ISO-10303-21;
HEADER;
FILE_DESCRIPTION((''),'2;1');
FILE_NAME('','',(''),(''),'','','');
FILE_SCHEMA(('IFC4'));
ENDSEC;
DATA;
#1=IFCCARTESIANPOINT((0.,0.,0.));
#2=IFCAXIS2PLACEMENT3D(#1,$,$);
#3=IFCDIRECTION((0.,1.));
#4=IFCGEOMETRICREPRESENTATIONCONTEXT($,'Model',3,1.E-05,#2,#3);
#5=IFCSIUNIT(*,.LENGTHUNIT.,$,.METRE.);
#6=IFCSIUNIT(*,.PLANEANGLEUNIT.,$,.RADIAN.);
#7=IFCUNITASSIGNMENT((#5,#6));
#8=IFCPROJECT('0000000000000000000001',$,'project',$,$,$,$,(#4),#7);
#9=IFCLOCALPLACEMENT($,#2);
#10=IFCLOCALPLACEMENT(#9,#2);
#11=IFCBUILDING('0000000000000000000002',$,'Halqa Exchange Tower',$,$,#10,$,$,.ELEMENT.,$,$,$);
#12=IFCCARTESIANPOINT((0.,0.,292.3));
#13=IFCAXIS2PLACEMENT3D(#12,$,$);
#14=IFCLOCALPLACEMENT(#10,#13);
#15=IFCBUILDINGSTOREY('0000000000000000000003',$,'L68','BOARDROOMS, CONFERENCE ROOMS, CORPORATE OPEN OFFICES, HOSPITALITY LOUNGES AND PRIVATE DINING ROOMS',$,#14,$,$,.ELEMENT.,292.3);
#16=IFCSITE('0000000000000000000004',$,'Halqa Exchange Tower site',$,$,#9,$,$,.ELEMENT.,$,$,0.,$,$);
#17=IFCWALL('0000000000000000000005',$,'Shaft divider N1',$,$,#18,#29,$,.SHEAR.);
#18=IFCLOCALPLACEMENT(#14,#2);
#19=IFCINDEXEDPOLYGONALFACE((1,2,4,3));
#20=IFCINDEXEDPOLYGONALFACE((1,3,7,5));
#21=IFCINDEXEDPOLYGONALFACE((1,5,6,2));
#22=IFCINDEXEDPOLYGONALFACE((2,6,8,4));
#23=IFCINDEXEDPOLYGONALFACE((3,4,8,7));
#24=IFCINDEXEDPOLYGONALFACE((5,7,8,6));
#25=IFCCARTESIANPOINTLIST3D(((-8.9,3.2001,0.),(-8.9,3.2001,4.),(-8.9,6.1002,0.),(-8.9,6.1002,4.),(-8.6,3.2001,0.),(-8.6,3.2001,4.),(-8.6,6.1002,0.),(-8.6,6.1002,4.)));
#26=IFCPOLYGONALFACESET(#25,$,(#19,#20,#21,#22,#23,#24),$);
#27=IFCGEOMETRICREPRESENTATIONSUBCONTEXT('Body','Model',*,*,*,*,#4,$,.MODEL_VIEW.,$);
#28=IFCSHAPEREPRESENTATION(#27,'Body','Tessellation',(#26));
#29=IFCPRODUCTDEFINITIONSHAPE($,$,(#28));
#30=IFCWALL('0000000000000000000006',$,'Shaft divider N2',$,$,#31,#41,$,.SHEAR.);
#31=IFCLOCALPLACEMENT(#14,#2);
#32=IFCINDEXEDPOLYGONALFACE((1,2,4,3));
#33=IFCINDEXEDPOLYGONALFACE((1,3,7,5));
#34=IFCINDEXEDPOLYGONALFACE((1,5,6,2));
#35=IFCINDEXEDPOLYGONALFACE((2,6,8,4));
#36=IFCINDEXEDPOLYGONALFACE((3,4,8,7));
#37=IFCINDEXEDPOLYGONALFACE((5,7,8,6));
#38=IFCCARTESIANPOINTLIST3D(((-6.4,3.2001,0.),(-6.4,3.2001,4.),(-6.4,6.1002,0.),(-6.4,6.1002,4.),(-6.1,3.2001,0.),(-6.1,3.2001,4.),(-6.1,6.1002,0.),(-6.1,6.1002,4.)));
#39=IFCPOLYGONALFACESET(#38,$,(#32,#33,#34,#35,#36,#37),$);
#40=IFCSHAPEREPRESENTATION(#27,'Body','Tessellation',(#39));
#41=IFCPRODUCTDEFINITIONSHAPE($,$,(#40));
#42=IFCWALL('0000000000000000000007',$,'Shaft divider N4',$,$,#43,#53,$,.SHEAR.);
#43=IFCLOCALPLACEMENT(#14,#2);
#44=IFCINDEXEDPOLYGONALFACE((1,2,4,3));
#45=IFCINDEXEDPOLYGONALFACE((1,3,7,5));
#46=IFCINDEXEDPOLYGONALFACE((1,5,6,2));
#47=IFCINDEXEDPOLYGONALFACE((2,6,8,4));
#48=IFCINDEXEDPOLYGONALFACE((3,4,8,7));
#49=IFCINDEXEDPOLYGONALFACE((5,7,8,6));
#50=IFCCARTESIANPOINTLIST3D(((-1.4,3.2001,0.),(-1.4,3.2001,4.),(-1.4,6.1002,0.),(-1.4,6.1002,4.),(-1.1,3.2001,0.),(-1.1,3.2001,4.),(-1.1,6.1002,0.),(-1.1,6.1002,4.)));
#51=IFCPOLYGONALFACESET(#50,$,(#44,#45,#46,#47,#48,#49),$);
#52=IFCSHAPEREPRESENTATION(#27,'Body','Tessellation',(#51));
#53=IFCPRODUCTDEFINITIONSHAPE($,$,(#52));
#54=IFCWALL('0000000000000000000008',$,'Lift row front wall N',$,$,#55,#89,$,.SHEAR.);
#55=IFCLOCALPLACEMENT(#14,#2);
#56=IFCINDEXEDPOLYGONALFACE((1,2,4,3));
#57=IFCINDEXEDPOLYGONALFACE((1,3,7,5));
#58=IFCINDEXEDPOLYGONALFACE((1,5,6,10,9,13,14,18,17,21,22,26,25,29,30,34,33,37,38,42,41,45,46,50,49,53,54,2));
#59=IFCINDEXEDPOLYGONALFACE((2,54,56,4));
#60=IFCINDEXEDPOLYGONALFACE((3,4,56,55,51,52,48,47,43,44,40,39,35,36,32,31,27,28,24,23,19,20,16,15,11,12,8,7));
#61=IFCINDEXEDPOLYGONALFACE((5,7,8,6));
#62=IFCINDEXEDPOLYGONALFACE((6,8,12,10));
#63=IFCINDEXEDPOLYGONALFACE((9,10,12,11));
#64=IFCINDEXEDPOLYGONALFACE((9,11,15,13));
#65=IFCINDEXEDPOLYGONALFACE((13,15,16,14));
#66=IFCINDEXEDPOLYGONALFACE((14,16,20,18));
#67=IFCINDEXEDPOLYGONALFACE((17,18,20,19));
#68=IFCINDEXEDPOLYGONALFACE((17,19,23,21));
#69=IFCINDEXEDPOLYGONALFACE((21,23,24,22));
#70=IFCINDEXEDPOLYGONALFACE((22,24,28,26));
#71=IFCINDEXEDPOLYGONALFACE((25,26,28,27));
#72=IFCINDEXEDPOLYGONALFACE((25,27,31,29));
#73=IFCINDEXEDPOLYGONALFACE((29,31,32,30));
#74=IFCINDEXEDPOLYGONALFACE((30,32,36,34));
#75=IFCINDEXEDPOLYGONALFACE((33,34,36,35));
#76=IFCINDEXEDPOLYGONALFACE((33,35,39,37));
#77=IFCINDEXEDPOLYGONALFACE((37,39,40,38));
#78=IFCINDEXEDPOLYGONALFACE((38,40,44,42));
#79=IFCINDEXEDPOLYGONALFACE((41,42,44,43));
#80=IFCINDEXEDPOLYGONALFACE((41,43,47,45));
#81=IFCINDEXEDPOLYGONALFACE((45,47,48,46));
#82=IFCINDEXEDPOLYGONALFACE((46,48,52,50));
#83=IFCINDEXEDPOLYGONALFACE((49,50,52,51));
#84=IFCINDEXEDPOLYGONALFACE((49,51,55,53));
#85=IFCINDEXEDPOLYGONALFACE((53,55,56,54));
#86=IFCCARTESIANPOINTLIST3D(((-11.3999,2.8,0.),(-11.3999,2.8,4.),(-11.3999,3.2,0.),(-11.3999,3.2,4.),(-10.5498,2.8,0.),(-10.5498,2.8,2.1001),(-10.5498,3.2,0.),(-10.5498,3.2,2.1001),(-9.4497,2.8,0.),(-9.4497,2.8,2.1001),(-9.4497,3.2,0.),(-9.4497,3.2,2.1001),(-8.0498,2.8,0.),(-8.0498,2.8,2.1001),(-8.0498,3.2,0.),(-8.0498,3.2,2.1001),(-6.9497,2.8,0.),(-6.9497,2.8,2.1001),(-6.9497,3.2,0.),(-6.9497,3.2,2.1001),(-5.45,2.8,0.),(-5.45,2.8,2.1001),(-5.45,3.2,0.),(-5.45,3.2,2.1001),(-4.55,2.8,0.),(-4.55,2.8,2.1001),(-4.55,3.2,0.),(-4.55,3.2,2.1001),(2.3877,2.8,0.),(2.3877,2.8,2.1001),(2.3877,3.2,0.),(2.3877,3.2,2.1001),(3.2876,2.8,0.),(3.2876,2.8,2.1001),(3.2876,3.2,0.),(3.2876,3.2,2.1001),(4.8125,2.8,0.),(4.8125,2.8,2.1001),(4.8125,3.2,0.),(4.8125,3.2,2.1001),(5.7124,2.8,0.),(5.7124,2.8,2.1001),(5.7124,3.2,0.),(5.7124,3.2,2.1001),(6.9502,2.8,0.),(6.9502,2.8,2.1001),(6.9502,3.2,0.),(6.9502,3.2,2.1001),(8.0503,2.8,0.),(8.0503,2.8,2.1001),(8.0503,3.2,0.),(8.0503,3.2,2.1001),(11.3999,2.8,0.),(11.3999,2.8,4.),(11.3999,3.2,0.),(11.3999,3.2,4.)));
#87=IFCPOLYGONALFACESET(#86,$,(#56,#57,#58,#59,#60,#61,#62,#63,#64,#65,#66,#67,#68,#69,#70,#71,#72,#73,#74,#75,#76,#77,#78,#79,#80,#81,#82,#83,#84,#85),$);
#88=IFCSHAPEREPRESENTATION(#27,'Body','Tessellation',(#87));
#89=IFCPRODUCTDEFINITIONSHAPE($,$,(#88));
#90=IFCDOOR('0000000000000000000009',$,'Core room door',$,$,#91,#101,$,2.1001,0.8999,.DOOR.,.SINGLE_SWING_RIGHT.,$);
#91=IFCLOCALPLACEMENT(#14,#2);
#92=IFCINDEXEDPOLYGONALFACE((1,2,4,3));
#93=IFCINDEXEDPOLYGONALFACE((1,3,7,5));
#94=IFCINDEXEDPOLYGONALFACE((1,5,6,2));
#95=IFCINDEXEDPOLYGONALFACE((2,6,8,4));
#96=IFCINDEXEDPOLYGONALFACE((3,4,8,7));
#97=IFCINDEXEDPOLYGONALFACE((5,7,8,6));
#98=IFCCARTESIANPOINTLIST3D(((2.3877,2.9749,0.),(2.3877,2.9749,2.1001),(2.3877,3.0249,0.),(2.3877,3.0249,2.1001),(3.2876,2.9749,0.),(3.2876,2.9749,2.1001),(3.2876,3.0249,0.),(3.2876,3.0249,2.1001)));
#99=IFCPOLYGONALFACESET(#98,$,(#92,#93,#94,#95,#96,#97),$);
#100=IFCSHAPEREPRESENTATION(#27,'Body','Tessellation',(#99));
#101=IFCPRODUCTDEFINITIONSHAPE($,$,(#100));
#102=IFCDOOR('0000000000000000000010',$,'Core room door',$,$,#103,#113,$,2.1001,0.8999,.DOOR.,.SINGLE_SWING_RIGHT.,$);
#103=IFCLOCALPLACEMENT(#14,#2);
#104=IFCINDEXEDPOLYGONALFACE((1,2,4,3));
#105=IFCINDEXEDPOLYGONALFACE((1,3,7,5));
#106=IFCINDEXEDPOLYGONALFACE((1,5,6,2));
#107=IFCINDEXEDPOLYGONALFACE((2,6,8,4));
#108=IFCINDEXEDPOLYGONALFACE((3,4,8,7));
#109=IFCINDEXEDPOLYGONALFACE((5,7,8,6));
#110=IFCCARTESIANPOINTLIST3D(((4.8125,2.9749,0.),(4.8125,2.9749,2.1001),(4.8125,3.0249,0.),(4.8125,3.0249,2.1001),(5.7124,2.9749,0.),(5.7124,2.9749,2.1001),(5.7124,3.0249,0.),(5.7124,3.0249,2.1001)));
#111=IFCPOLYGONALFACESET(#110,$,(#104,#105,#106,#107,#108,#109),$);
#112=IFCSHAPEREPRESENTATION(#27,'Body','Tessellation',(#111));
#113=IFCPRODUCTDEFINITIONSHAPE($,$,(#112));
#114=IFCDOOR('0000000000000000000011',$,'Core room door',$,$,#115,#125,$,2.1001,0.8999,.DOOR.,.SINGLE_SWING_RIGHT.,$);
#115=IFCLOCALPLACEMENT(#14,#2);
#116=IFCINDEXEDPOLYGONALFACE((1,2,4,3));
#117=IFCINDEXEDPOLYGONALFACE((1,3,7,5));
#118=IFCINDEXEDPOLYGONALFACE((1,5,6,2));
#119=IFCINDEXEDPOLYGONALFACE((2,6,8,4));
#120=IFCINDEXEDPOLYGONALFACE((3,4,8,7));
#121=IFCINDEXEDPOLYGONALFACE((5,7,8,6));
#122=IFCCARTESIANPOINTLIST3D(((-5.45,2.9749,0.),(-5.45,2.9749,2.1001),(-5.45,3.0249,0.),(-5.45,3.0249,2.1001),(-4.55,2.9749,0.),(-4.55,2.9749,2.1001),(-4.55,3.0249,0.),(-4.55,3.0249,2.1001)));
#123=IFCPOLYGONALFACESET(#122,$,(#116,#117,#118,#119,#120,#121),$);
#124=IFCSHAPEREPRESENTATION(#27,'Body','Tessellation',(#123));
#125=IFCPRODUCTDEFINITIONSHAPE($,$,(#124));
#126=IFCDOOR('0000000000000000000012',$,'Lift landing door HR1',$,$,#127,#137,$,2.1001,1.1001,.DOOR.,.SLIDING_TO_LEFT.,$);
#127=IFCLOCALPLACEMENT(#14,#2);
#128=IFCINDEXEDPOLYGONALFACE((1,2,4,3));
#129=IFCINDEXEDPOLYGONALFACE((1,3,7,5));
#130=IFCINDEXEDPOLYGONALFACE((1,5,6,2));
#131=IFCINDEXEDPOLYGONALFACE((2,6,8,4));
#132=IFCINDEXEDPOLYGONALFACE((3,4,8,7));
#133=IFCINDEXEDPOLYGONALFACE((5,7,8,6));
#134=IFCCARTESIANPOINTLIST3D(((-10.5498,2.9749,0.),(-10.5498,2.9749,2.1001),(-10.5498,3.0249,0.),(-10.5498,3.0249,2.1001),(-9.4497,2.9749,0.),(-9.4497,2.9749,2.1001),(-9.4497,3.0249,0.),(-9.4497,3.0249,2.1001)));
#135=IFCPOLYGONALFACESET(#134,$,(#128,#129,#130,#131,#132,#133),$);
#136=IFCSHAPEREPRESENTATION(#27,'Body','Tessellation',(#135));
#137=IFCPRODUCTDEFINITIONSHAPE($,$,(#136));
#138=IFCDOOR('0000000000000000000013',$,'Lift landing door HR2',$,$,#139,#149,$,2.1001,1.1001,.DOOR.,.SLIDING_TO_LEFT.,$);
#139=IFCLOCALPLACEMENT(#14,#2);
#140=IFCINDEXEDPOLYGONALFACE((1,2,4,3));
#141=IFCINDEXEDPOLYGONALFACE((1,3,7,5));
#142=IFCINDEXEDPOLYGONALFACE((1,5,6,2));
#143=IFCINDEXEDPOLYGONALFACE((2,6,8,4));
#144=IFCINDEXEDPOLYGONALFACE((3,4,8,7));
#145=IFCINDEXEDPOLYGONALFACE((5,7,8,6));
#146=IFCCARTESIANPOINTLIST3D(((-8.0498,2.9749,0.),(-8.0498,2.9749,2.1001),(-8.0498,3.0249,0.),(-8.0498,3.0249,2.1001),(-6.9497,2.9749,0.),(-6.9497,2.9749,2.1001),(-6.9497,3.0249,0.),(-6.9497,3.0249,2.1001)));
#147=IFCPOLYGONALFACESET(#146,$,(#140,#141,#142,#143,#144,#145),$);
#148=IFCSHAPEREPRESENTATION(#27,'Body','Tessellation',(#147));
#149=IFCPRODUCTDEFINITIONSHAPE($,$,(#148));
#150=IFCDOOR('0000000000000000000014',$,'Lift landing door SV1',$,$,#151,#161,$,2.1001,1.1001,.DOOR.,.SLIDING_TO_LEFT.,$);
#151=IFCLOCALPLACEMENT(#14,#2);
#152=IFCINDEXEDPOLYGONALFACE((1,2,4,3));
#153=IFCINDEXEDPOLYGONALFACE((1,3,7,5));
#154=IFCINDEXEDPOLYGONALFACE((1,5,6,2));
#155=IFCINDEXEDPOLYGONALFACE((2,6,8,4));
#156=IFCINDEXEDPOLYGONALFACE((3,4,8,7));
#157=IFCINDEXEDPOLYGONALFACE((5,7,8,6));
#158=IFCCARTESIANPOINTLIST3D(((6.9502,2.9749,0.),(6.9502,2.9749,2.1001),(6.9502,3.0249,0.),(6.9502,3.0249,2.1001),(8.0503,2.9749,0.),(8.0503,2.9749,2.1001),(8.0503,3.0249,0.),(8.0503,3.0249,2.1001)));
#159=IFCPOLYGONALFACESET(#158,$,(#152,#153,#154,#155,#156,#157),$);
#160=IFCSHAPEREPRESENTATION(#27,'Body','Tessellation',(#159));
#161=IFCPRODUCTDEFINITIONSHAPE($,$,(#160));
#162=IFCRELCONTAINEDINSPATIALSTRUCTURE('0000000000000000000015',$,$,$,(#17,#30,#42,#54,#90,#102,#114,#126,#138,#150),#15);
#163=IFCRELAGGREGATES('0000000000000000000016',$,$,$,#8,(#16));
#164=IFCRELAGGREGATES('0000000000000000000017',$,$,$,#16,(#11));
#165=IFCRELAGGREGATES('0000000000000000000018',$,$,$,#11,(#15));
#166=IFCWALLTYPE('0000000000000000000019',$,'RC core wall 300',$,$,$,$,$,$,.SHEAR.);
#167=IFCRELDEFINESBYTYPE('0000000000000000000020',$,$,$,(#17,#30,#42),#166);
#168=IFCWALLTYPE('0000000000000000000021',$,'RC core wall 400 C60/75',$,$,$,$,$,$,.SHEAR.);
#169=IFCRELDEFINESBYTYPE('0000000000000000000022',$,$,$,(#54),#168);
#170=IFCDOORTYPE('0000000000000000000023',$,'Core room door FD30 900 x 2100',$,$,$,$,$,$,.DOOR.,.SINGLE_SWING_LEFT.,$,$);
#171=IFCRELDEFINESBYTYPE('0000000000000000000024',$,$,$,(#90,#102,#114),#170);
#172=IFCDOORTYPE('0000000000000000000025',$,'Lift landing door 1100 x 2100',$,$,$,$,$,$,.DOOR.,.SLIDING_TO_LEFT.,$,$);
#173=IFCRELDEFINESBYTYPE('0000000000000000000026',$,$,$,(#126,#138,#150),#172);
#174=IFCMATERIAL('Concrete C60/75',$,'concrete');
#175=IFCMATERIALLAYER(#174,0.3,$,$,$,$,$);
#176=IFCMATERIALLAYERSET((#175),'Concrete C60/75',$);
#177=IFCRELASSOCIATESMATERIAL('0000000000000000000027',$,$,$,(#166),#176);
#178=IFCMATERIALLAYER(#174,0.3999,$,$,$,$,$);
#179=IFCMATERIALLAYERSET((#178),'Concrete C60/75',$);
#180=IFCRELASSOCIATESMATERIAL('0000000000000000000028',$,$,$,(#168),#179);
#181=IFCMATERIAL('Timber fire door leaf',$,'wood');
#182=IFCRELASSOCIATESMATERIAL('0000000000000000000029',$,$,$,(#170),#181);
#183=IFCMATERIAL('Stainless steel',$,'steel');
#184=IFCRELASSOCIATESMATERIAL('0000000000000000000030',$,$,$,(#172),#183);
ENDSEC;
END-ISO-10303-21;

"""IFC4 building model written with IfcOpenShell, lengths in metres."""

from ifc_helpers import new_model, si_unit, direction, frame, frame_2d, origin, place, context, subcontext, project, spatial, rectangle, extrude, material, layer, layer_set, type_object, element, fill, save


model = new_model("IFC4")

# Units and contexts
model_context = context("Model", 3, precision=1e-05, world=origin(), true_north=direction((0.0, 1.0)))
body_context = subcontext(model_context, "Body", "Model", "MODEL_VIEW")
ifc_project = project(units=[si_unit("LENGTHUNIT", "METRE"), si_unit("PLANEANGLEUNIT", "RADIAN")], contexts=[model_context])

# Site, building, storey
site_placement = place(None, origin())
site = spatial("IfcSite", under=ifc_project, at=site_placement, Name="Halqa Exchange Tower site", CompositionType="ELEMENT", RefElevation=0.0)
building_placement = place(site_placement, origin())
building = spatial("IfcBuilding", under=site, at=building_placement, Name="Halqa Exchange Tower", CompositionType="ELEMENT")
storey_placement = place(building_placement, frame((0.0, 0.0, 292.3)))
storey = spatial("IfcBuildingStorey", under=building, at=storey_placement, Name="L68", Description="BOARDROOMS, CONFERENCE ROOMS, CORPORATE OPEN OFFICES, HOSPITALITY LOUNGES AND PRIVATE DINING ROOMS", CompositionType="ELEMENT", Elevation=292.3)

# Walls
ifc_material_1 = material(Name="Concrete C60/75", Category="concrete")
ifc_layer_1 = layer(ifc_material_1, 0.3)
ifc_layer_set_1 = layer_set([ifc_layer_1], Name="Concrete C60/75")
wall_type_1 = type_object("IfcWallType", Name="RC core wall 300", PredefinedType="SHEAR", material=ifc_layer_set_1)
for number, where, z_axis, x_axis, name in (
    (1, (-8.75, 3.2, 0.0), (0.0, 0.0, 1.0), (0.0, 1.0, 0.0), "Shaft divider N1"),
    (2, (-6.25, 3.2, 0.0), (0.0, 0.0, 1.0), (0.0, 1.0, 0.0), "Shaft divider N2"),
    (3, (-1.25, 3.2, 0.0), (0.0, 0.0, 1.0), (0.0, 1.0, 0.0), "Shaft divider N4"),
):
    element("IfcWall", number, at=place(storey_placement, frame(where, z_axis=z_axis, x_axis=x_axis)), inside=storey, type_object=wall_type_1, Name=name, PredefinedType="SHEAR", context=body_context, shape_type="SweptSolid", body=[
        extrude(rectangle(XDim=2.9001, YDim=0.3, at=frame_2d((1.4502, 0.0))), origin(), (0.0, 0.0, 1.0), 4.0),
    ])

# Wall, openings, doors
ifc_layer_2 = layer(ifc_material_1, 0.3999)
ifc_layer_set_2 = layer_set([ifc_layer_2], Name="Concrete C60/75")
wall_type_2 = type_object("IfcWallType", Name="RC core wall 400 C60/75", PredefinedType="SHEAR", material=ifc_layer_set_2)
wall_1_placement = place(storey_placement, frame((-11.3999, 3.0, 0.0), z_axis=(0.0, 0.0, 1.0), x_axis=(1.0, 0.0, 0.0)))
wall_1 = element("IfcWall", 4, at=wall_1_placement, inside=storey, type_object=wall_type_2, Name="Lift row front wall N", PredefinedType="SHEAR", context=body_context, shape_type="SweptSolid", body=[
    extrude(rectangle(XDim=22.7998, YDim=0.3999, at=frame_2d((11.3999, 0.0))), origin(), (0.0, 0.0, 1.0), 4.0),
])
opening_1_placement = place(wall_1_placement, frame((0.8501, 0.0, 0.0)))
opening_1 = element("IfcOpeningElement", 5, at=opening_1_placement, cuts=wall_1, PredefinedType="OPENING", context=body_context, shape_type="SweptSolid", body=[
    extrude(rectangle(XDim=1.1001, YDim=2.1001, at=frame_2d((0.55, 1.05))), frame((0.0, 0.2119, 0.0), z_axis=(0.0, -1.0, 0.0), x_axis=(1.0, 0.0, 0.0)), (0.0, 0.0, 1.0), 0.4238),
])
opening_2_placement = place(wall_1_placement, frame((3.3501, 0.0, 0.0)))
opening_2 = element("IfcOpeningElement", 6, at=opening_2_placement, cuts=wall_1, PredefinedType="OPENING", context=body_context, shape_type="SweptSolid", body=[
    extrude(rectangle(XDim=1.1001, YDim=2.1001, at=frame_2d((0.55, 1.05))), frame((0.0, 0.2119, 0.0), z_axis=(0.0, -1.0, 0.0), x_axis=(1.0, 0.0, 0.0)), (0.0, 0.0, 1.0), 0.4238),
])
opening_3_placement = place(wall_1_placement, frame((18.3501, 0.0, 0.0)))
opening_3 = element("IfcOpeningElement", 7, at=opening_3_placement, cuts=wall_1, PredefinedType="OPENING", context=body_context, shape_type="SweptSolid", body=[
    extrude(rectangle(XDim=1.1001, YDim=2.1001, at=frame_2d((0.55, 1.05))), frame((0.0, 0.2119, 0.0), z_axis=(0.0, -1.0, 0.0), x_axis=(1.0, 0.0, 0.0)), (0.0, 0.0, 1.0), 0.4238),
])
opening_4_placement = place(wall_1_placement, frame((13.7876, 0.0, 0.0)))
opening_4 = element("IfcOpeningElement", 8, at=opening_4_placement, cuts=wall_1, PredefinedType="OPENING", context=body_context, shape_type="SweptSolid", body=[
    extrude(rectangle(XDim=0.8999, YDim=2.1001, at=frame_2d((0.45, 1.05))), frame((0.0, 0.2119, 0.0), z_axis=(0.0, -1.0, 0.0), x_axis=(1.0, 0.0, 0.0)), (0.0, 0.0, 1.0), 0.4238),
])
opening_5_placement = place(wall_1_placement, frame((16.2124, 0.0, 0.0)))
opening_5 = element("IfcOpeningElement", 9, at=opening_5_placement, cuts=wall_1, PredefinedType="OPENING", context=body_context, shape_type="SweptSolid", body=[
    extrude(rectangle(XDim=0.8999, YDim=2.1001, at=frame_2d((0.45, 1.05))), frame((0.0, 0.2119, 0.0), z_axis=(0.0, -1.0, 0.0), x_axis=(1.0, 0.0, 0.0)), (0.0, 0.0, 1.0), 0.4238),
])
opening_6_placement = place(wall_1_placement, frame((5.95, 0.0, 0.0)))
opening_6 = element("IfcOpeningElement", 10, at=opening_6_placement, cuts=wall_1, PredefinedType="OPENING", context=body_context, shape_type="SweptSolid", body=[
    extrude(rectangle(XDim=0.8999, YDim=2.1001, at=frame_2d((0.45, 1.05))), frame((0.0, 0.2119, 0.0), z_axis=(0.0, -1.0, 0.0), x_axis=(1.0, 0.0, 0.0)), (0.0, 0.0, 1.0), 0.4238),
])
ifc_material_2 = material(Name="Timber fire door leaf", Category="wood")
door_type_1 = type_object("IfcDoorType", Name="Core room door FD30 900 x 2100", OperationType="SINGLE_SWING_LEFT", PredefinedType="DOOR", material=ifc_material_2)
door_1_placement = place(opening_4_placement, origin())
door_1 = element("IfcDoor", 11, at=door_1_placement, inside=storey, type_object=door_type_1, Name="Core room door", OperationType="SINGLE_SWING_RIGHT", OverallHeight=2.1001, OverallWidth=0.8999, PredefinedType="DOOR", context=body_context, shape_type="SweptSolid", body=[
    extrude(rectangle(XDim=0.8999, YDim=2.1001, at=frame_2d((0.45, 1.05))), frame((0.0, 0.0249, 0.0), z_axis=(0.0, -1.0, 0.0), x_axis=(1.0, 0.0, 0.0)), (0.0, 0.0, 1.0), 0.05),
])
fill(opening_4, door_1)
door_2_placement = place(opening_5_placement, origin())
door_2 = element("IfcDoor", 12, at=door_2_placement, inside=storey, type_object=door_type_1, Name="Core room door", OperationType="SINGLE_SWING_RIGHT", OverallHeight=2.1001, OverallWidth=0.8999, PredefinedType="DOOR", context=body_context, shape_type="SweptSolid", body=[
    extrude(rectangle(XDim=0.8999, YDim=2.1001, at=frame_2d((0.45, 1.05))), frame((0.0, 0.0249, 0.0), z_axis=(0.0, -1.0, 0.0), x_axis=(1.0, 0.0, 0.0)), (0.0, 0.0, 1.0), 0.05),
])
fill(opening_5, door_2)
door_3_placement = place(opening_6_placement, origin())
door_3 = element("IfcDoor", 13, at=door_3_placement, inside=storey, type_object=door_type_1, Name="Core room door", OperationType="SINGLE_SWING_RIGHT", OverallHeight=2.1001, OverallWidth=0.8999, PredefinedType="DOOR", context=body_context, shape_type="SweptSolid", body=[
    extrude(rectangle(XDim=0.8999, YDim=2.1001, at=frame_2d((0.45, 1.05))), frame((0.0, 0.0249, 0.0), z_axis=(0.0, -1.0, 0.0), x_axis=(1.0, 0.0, 0.0)), (0.0, 0.0, 1.0), 0.05),
])
fill(opening_6, door_3)
ifc_material_3 = material(Name="Stainless steel", Category="steel")
door_type_2 = type_object("IfcDoorType", Name="Lift landing door 1100 x 2100", OperationType="SLIDING_TO_LEFT", PredefinedType="DOOR", material=ifc_material_3)
door_4_placement = place(opening_1_placement, origin())
door_4 = element("IfcDoor", 14, at=door_4_placement, inside=storey, type_object=door_type_2, Name="Lift landing door HR1", OperationType="SLIDING_TO_LEFT", OverallHeight=2.1001, OverallWidth=1.1001, PredefinedType="DOOR", context=body_context, shape_type="SweptSolid", body=[
    extrude(rectangle(XDim=1.1001, YDim=2.1001, at=frame_2d((0.55, 1.05))), frame((0.0, 0.0249, 0.0), z_axis=(0.0, -1.0, 0.0), x_axis=(1.0, 0.0, 0.0)), (0.0, 0.0, 1.0), 0.05),
])
fill(opening_1, door_4)
door_5_placement = place(opening_2_placement, origin())
door_5 = element("IfcDoor", 15, at=door_5_placement, inside=storey, type_object=door_type_2, Name="Lift landing door HR2", OperationType="SLIDING_TO_LEFT", OverallHeight=2.1001, OverallWidth=1.1001, PredefinedType="DOOR", context=body_context, shape_type="SweptSolid", body=[
    extrude(rectangle(XDim=1.1001, YDim=2.1001, at=frame_2d((0.55, 1.05))), frame((0.0, 0.0249, 0.0), z_axis=(0.0, -1.0, 0.0), x_axis=(1.0, 0.0, 0.0)), (0.0, 0.0, 1.0), 0.05),
])
fill(opening_2, door_5)
door_6_placement = place(opening_3_placement, origin())
door_6 = element("IfcDoor", 16, at=door_6_placement, inside=storey, type_object=door_type_2, Name="Lift landing door SV1", OperationType="SLIDING_TO_LEFT", OverallHeight=2.1001, OverallWidth=1.1001, PredefinedType="DOOR", context=body_context, shape_type="SweptSolid", body=[
    extrude(rectangle(XDim=1.1001, YDim=2.1001, at=frame_2d((0.55, 1.05))), frame((0.0, 0.0249, 0.0), z_axis=(0.0, -1.0, 0.0), x_axis=(1.0, 0.0, 0.0)), (0.0, 0.0, 1.0), 0.05),
])
fill(opening_3, door_6)

save(model, "model.ifc")
